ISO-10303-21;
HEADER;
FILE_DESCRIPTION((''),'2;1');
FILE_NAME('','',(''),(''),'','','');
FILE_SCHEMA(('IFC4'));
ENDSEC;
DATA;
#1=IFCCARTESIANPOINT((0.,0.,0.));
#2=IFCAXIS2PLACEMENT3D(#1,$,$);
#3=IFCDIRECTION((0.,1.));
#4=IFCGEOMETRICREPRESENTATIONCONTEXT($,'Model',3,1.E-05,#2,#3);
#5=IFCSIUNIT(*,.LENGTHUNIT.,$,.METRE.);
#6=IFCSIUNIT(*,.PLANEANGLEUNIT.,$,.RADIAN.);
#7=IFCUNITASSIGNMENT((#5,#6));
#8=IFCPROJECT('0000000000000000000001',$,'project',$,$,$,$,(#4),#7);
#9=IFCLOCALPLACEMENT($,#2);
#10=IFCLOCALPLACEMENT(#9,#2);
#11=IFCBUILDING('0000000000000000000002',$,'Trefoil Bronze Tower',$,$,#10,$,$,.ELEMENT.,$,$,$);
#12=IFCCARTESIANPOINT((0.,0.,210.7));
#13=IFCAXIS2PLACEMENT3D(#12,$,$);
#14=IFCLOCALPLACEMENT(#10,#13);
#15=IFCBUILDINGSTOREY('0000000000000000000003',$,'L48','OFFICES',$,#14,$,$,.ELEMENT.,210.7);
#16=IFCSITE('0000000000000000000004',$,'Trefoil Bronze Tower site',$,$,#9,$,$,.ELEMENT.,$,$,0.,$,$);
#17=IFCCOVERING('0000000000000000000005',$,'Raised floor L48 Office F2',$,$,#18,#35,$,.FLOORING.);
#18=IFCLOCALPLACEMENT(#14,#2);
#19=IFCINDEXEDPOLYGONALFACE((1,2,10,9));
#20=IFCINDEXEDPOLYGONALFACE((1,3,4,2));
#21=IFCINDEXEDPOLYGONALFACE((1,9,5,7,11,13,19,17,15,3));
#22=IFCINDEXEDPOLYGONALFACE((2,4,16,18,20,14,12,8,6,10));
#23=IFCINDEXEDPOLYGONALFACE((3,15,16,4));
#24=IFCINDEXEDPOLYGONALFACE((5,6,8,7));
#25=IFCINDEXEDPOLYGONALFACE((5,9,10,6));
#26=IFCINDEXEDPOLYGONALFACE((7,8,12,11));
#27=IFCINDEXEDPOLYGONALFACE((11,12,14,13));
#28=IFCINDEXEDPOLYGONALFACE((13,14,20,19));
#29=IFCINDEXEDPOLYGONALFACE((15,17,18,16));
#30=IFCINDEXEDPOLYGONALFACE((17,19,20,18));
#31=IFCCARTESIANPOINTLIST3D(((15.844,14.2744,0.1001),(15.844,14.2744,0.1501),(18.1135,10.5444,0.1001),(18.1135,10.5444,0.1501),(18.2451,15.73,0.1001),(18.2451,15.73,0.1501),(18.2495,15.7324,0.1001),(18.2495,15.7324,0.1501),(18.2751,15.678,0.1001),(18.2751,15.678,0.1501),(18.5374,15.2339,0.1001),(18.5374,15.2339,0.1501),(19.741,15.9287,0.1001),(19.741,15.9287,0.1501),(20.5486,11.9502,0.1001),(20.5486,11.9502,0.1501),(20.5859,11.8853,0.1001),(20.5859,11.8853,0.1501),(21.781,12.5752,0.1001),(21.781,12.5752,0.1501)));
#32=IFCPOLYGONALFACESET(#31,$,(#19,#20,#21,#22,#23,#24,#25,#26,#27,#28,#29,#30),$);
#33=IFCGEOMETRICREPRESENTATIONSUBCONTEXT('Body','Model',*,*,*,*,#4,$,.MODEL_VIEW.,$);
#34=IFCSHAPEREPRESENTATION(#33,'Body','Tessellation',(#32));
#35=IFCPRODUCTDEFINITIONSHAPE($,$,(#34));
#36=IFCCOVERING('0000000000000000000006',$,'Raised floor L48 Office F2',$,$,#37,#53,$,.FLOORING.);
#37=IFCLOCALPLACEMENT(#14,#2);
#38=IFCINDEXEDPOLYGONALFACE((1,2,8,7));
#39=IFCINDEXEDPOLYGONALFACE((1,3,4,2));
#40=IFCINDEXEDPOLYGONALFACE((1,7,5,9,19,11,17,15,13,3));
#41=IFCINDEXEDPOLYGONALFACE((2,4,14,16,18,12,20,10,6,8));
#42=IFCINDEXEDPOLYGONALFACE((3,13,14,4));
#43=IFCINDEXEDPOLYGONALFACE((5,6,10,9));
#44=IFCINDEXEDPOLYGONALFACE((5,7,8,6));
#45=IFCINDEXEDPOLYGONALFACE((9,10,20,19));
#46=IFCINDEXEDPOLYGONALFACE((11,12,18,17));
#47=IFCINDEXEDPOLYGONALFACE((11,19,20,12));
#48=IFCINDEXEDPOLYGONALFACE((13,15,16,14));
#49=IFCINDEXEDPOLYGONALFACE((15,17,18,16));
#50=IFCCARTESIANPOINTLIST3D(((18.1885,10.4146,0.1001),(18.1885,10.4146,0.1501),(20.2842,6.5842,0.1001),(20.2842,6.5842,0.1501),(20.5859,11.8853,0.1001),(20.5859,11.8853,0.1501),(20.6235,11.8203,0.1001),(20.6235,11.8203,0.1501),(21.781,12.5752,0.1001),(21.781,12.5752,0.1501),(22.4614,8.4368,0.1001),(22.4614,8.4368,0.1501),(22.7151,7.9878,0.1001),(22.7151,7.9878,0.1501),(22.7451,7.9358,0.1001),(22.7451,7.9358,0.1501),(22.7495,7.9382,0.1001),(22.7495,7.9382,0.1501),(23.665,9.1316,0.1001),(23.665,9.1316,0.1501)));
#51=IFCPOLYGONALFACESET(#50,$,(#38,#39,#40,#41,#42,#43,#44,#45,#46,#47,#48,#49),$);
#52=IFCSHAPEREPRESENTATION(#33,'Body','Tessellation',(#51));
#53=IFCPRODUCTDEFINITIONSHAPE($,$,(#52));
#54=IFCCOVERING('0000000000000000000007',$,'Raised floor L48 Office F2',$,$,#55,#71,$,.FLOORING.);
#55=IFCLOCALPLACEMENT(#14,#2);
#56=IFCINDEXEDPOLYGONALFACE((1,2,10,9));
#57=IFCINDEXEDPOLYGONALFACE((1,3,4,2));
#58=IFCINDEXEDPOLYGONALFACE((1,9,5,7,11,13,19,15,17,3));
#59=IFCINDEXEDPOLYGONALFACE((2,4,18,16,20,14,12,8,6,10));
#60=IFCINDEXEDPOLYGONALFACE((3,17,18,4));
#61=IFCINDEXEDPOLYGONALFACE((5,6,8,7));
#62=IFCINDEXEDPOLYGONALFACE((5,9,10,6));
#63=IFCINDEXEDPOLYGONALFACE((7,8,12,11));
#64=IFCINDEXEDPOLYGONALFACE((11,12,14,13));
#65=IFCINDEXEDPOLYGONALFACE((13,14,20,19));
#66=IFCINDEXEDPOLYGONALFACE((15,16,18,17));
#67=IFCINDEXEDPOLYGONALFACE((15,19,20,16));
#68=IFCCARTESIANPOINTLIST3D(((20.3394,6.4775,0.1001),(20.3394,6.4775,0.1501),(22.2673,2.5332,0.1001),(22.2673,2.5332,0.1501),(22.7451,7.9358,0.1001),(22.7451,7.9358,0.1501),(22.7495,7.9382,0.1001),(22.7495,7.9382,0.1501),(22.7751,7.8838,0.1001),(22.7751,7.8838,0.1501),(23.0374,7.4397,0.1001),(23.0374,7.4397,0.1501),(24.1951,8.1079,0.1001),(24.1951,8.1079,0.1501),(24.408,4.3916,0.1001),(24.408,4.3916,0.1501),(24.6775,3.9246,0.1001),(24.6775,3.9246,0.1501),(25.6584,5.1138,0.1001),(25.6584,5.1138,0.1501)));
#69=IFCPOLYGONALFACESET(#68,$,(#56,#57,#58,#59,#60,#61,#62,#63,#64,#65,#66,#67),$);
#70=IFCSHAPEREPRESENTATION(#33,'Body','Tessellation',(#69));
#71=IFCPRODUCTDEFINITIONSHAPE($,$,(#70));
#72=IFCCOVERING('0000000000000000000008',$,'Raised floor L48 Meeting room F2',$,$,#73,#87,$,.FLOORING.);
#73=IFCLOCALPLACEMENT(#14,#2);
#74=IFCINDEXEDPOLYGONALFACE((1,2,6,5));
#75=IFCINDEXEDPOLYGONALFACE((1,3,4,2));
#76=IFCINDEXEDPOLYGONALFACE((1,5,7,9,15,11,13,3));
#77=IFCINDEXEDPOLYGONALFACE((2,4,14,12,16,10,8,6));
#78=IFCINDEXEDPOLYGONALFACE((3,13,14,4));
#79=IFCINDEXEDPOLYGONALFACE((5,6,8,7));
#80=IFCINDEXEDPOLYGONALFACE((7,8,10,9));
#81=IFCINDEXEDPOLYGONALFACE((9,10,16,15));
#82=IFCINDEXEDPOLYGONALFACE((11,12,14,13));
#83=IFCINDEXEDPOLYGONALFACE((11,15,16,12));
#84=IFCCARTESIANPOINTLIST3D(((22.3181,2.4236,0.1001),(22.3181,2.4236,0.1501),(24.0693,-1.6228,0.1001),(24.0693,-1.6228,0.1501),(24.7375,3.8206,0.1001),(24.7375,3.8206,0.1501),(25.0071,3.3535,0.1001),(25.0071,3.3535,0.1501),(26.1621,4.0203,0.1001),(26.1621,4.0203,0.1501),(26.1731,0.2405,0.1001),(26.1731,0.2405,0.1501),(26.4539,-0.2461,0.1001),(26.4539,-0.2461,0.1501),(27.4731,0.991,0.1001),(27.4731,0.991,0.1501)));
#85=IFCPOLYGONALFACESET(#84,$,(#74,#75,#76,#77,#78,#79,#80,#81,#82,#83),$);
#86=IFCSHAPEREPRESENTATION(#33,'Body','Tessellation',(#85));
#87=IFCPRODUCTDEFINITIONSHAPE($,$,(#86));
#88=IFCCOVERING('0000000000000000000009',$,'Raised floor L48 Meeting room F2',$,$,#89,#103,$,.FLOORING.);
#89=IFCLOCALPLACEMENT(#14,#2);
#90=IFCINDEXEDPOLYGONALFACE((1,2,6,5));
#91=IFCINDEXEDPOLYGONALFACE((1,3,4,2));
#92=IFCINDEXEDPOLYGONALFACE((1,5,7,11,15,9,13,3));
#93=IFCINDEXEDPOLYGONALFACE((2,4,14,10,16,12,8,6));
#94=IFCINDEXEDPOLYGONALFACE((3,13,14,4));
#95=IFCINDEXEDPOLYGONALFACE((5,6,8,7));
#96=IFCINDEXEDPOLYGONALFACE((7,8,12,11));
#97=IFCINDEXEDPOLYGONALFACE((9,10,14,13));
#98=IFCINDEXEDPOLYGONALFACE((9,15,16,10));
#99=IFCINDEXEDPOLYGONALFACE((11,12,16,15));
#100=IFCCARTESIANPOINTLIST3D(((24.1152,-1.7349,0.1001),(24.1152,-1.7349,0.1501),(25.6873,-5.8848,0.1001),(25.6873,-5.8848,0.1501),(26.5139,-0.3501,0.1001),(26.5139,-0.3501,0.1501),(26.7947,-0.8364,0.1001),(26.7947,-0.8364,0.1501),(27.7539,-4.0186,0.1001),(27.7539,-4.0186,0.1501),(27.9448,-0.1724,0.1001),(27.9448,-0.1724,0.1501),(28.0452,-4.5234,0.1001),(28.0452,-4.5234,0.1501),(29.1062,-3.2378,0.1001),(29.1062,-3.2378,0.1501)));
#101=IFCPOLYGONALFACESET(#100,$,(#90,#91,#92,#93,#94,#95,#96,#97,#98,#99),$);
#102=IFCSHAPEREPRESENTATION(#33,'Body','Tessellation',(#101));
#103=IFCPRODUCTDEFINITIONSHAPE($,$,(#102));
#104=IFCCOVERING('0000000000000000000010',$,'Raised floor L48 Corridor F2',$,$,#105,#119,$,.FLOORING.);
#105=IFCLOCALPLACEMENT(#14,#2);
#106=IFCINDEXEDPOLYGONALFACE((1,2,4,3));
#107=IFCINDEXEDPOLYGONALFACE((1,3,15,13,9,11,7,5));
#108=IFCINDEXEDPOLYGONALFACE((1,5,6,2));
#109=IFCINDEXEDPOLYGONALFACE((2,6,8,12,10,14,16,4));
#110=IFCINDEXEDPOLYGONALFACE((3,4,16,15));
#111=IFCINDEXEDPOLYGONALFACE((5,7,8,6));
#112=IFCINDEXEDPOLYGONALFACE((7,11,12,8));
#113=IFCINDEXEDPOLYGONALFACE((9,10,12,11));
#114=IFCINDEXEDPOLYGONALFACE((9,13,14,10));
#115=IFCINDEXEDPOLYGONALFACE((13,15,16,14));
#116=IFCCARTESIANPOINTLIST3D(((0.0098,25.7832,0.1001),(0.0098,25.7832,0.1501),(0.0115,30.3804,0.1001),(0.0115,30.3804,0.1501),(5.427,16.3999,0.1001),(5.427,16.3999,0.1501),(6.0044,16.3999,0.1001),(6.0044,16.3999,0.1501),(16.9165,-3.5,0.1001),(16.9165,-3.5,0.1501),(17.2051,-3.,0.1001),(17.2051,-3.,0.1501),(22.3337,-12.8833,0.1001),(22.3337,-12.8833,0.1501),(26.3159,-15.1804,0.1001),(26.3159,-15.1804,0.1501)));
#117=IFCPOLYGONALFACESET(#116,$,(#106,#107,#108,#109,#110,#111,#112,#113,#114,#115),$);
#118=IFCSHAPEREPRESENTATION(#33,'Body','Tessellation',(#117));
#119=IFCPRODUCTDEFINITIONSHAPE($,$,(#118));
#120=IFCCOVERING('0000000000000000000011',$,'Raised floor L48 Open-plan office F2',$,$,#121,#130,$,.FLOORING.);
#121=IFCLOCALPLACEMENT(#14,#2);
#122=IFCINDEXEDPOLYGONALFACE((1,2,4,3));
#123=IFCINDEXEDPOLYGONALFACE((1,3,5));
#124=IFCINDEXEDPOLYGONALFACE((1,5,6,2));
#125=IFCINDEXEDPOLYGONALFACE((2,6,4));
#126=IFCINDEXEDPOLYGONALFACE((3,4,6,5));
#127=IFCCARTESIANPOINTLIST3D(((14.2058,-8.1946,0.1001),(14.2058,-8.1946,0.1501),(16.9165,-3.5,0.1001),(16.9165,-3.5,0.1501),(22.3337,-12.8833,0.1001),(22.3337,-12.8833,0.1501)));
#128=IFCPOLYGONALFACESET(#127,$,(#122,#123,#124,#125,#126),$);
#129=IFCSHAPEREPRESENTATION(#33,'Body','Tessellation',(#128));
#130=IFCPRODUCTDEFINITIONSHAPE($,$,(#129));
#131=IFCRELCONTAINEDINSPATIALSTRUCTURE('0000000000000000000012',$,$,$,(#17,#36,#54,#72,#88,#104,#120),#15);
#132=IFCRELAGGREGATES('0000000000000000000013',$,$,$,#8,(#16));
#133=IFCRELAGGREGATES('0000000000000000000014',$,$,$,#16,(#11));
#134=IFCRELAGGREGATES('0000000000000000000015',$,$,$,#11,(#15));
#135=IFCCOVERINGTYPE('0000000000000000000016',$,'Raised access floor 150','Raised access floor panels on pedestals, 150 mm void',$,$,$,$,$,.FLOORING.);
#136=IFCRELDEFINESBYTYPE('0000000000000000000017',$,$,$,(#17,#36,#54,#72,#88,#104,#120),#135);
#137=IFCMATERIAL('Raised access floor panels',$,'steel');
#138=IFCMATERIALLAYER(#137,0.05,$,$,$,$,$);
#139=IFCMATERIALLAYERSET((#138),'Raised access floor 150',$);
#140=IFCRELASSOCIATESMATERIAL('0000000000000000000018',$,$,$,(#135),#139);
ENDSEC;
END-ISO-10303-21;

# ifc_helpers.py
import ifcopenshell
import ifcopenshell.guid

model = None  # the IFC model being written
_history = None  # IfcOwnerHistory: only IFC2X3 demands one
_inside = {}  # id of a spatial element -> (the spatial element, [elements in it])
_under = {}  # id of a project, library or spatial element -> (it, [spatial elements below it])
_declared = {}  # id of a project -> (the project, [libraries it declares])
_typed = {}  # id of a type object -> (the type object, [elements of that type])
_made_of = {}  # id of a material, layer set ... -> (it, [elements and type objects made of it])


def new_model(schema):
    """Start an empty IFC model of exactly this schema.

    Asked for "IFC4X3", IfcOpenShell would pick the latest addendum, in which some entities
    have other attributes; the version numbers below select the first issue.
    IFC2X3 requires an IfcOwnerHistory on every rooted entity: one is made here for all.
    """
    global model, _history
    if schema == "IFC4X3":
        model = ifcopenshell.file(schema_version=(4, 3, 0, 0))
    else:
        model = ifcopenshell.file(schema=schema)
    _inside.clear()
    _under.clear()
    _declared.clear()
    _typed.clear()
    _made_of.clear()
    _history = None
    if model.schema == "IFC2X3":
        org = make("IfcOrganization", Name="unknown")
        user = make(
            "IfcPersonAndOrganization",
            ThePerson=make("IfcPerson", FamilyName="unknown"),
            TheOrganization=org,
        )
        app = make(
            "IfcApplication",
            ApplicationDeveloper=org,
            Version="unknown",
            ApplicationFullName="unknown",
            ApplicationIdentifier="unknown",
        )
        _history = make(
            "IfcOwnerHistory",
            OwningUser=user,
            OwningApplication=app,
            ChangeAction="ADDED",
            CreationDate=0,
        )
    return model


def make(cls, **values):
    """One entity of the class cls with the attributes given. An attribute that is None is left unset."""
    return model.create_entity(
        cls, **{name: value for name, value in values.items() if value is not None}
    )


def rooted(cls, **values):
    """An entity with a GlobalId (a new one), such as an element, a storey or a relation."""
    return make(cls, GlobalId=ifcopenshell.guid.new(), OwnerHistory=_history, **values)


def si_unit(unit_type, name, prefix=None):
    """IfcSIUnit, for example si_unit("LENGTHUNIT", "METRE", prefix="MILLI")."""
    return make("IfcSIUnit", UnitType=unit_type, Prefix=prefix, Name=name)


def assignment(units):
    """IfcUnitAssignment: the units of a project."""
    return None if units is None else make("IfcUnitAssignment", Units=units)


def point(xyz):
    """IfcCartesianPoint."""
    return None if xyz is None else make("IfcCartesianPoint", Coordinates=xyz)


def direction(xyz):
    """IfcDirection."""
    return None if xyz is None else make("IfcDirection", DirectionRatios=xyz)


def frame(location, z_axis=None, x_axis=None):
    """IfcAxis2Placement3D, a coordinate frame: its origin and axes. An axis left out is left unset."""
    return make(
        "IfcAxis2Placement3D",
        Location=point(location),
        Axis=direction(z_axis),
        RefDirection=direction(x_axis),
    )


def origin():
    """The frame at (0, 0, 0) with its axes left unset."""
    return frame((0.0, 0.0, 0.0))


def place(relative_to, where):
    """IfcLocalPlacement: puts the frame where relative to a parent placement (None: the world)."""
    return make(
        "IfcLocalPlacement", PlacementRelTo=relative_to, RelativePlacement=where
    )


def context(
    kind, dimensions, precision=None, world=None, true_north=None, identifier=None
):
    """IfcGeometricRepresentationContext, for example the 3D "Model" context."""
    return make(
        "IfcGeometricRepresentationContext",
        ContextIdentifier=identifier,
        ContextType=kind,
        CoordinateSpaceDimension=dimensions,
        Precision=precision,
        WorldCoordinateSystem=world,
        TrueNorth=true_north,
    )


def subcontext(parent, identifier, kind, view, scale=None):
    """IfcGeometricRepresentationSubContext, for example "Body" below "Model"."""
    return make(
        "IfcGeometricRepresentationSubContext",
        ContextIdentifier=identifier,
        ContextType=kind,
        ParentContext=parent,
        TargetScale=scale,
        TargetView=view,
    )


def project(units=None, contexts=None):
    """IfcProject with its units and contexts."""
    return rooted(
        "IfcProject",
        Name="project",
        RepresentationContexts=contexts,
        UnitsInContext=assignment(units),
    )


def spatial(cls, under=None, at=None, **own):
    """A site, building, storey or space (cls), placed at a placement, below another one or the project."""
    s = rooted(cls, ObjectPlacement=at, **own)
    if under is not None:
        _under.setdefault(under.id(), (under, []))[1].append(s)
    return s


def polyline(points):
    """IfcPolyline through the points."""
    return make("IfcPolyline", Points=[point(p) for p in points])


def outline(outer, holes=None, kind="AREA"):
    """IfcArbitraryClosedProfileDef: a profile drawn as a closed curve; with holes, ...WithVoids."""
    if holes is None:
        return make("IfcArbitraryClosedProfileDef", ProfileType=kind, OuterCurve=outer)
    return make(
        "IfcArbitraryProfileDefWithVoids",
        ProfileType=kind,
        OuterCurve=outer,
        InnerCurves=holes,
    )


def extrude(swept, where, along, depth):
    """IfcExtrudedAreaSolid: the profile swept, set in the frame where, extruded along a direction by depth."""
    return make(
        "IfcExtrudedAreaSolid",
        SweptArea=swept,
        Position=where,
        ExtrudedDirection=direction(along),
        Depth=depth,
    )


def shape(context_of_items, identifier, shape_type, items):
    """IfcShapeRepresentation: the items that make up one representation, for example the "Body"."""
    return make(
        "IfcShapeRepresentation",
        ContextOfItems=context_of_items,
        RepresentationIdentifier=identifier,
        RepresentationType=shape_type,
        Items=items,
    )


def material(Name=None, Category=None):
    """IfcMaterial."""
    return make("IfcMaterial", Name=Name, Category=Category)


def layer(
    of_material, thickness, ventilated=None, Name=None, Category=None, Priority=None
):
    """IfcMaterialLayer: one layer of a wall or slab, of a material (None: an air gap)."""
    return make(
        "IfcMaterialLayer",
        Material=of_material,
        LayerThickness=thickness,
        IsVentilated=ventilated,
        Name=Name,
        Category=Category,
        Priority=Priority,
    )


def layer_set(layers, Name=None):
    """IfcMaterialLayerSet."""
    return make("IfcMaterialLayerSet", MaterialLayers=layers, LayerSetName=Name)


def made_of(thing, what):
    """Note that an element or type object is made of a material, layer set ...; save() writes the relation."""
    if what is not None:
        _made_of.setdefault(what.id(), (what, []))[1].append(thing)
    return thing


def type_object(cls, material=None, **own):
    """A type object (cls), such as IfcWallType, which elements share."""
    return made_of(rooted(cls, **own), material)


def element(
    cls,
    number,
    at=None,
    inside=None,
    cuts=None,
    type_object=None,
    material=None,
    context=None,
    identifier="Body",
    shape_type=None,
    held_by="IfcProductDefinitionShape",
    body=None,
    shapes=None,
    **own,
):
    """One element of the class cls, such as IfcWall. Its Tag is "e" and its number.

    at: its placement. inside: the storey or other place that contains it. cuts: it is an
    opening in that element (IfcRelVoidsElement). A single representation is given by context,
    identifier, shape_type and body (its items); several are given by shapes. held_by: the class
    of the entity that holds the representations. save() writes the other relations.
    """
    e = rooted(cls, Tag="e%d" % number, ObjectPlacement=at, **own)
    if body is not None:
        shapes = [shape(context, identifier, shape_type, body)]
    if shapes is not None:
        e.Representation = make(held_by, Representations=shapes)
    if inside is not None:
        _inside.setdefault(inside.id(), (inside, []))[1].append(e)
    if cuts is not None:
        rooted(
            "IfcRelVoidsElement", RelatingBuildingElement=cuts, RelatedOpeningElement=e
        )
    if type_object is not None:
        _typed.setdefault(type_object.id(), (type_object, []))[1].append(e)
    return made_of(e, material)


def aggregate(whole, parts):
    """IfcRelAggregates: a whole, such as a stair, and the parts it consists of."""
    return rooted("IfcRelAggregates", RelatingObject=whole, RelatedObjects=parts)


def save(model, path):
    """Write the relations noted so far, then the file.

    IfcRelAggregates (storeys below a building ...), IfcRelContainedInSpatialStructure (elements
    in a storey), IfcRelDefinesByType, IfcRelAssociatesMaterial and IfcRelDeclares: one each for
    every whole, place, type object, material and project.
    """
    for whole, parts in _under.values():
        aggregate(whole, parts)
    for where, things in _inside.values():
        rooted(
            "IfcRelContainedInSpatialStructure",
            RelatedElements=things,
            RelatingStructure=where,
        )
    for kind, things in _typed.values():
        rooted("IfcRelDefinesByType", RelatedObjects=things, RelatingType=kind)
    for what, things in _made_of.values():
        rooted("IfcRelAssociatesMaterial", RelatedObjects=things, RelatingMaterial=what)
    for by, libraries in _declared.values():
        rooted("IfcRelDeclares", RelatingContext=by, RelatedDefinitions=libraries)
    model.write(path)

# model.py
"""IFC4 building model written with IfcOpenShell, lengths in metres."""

from ifc_helpers import new_model, si_unit, direction, frame, origin, place, context, subcontext, project, spatial, polyline, outline, extrude, material, layer, layer_set, type_object, element, save


model = new_model("IFC4")

# Units and contexts
model_context = context("Model", 3, precision=1e-05, world=origin(), true_north=direction((0.0, 1.0)))
body_context = subcontext(model_context, "Body", "Model", "MODEL_VIEW")
ifc_project = project(units=[si_unit("LENGTHUNIT", "METRE"), si_unit("PLANEANGLEUNIT", "RADIAN")], contexts=[model_context])

# Site, building, storey
site_placement = place(None, origin())
site = spatial("IfcSite", under=ifc_project, at=site_placement, Name="Trefoil Bronze Tower site", CompositionType="ELEMENT", RefElevation=0.0)
building_placement = place(site_placement, origin())
building = spatial("IfcBuilding", under=site, at=building_placement, Name="Trefoil Bronze Tower", CompositionType="ELEMENT")
storey_placement = place(building_placement, frame((0.0, 0.0, 210.7)))
storey = spatial("IfcBuildingStorey", under=building, at=storey_placement, Name="L48", Description="OFFICES", CompositionType="ELEMENT", Elevation=210.7)

# Coverings
ifc_material_1 = material(Name="Raised access floor panels", Category="steel")
ifc_layer_1 = layer(ifc_material_1, 0.05)
ifc_layer_set_1 = layer_set([ifc_layer_1], Name="Raised access floor 150")
covering_type_1 = type_object("IfcCoveringType", Name="Raised access floor 150", Description="Raised access floor panels on pedestals, 150 mm void", PredefinedType="FLOORING", material=ifc_layer_set_1)
covering_1_placement = place(storey_placement, frame((0.0, 0.0, 0.1001)))
element("IfcCovering", 1, at=covering_1_placement, inside=storey, type_object=covering_type_1, Name="Raised floor L48 Office F2", PredefinedType="FLOORING", context=body_context, shape_type="SweptSolid", body=[
    extrude(outline(polyline([(20.5859, 11.8853), (20.5486, 11.9502), (18.1135, 10.5444), (15.844, 14.2744), (18.2751, 15.678), (18.2451, 15.73), (18.2495, 15.7324), (18.5374, 15.2339), (19.741, 15.9287), (21.781, 12.5752), (20.5859, 11.8853)])), origin(), (0.0, 0.0, 1.0), 0.05),
])
covering_2_placement = place(storey_placement, frame((0.0, 0.0, 0.1001)))
element("IfcCovering", 2, at=covering_2_placement, inside=storey, type_object=covering_type_1, Name="Raised floor L48 Office F2", PredefinedType="FLOORING", context=body_context, shape_type="SweptSolid", body=[
    extrude(outline(polyline([(22.7451, 7.9358), (22.7151, 7.9878), (20.2842, 6.5842), (18.1885, 10.4146), (20.6235, 11.8203), (20.5859, 11.8853), (21.781, 12.5752), (23.665, 9.1316), (22.4614, 8.4368), (22.7495, 7.9382), (22.7451, 7.9358)])), origin(), (0.0, 0.0, 1.0), 0.05),
])
covering_3_placement = place(storey_placement, frame((0.0, 0.0, 0.1001)))
element("IfcCovering", 3, at=covering_3_placement, inside=storey, type_object=covering_type_1, Name="Raised floor L48 Office F2", PredefinedType="FLOORING", context=body_context, shape_type="SweptSolid", body=[
    extrude(outline(polyline([(24.6775, 3.9246), (22.2673, 2.5332), (20.3394, 6.4775), (22.7751, 7.8838), (22.7451, 7.9358), (22.7495, 7.9382), (23.0374, 7.4397), (24.1951, 8.1079), (25.6584, 5.1138), (24.408, 4.3916), (24.6775, 3.9246)])), origin(), (0.0, 0.0, 1.0), 0.05),
])
covering_4_placement = place(storey_placement, frame((0.0, 0.0, 0.1001)))
element("IfcCovering", 4, at=covering_4_placement, inside=storey, type_object=covering_type_1, Name="Raised floor L48 Meeting room F2", PredefinedType="FLOORING", context=body_context, shape_type="SweptSolid", body=[
    extrude(outline(polyline([(26.4539, -0.2461), (24.0693, -1.6228), (22.3181, 2.4236), (24.7375, 3.8206), (25.0071, 3.3535), (26.1621, 4.0203), (27.4731, 0.991), (26.1731, 0.2405), (26.4539, -0.2461)])), origin(), (0.0, 0.0, 1.0), 0.05),
])
covering_5_placement = place(storey_placement, frame((0.0, 0.0, 0.1001)))
element("IfcCovering", 5, at=covering_5_placement, inside=storey, type_object=covering_type_1, Name="Raised floor L48 Meeting room F2", PredefinedType="FLOORING", context=body_context, shape_type="SweptSolid", body=[
    extrude(outline(polyline([(28.0452, -4.5234), (25.6873, -5.8848), (24.1152, -1.7349), (26.5139, -0.3501), (26.7947, -0.8364), (27.9448, -0.1724), (29.1062, -3.2378), (27.7539, -4.0186), (28.0452, -4.5234)])), origin(), (0.0, 0.0, 1.0), 0.05),
])
covering_6_placement = place(storey_placement, frame((0.0, 0.0, 0.1001)))
element("IfcCovering", 6, at=covering_6_placement, inside=storey, type_object=covering_type_1, Name="Raised floor L48 Corridor F2", PredefinedType="FLOORING", context=body_context, shape_type="SweptSolid", body=[
    extrude(outline(polyline([(0.0115, 30.3804), (26.3159, -15.1804), (22.3337, -12.8833), (16.9165, -3.5), (17.2051, -3.0), (6.0044, 16.3999), (5.427, 16.3999), (0.0098, 25.7832), (0.0115, 30.3804)])), origin(), (0.0, 0.0, 1.0), 0.05),
])
covering_7_placement = place(storey_placement, frame((0.0, 0.0, 0.1001)))
element("IfcCovering", 7, at=covering_7_placement, inside=storey, type_object=covering_type_1, Name="Raised floor L48 Open-plan office F2", PredefinedType="FLOORING", context=body_context, shape_type="SweptSolid", body=[
    extrude(outline(polyline([(14.2058, -8.1946), (16.9165, -3.5), (22.3337, -12.8833), (14.2058, -8.1946)])), origin(), (0.0, 0.0, 1.0), 0.05),
])

save(model, "model.ifc")
